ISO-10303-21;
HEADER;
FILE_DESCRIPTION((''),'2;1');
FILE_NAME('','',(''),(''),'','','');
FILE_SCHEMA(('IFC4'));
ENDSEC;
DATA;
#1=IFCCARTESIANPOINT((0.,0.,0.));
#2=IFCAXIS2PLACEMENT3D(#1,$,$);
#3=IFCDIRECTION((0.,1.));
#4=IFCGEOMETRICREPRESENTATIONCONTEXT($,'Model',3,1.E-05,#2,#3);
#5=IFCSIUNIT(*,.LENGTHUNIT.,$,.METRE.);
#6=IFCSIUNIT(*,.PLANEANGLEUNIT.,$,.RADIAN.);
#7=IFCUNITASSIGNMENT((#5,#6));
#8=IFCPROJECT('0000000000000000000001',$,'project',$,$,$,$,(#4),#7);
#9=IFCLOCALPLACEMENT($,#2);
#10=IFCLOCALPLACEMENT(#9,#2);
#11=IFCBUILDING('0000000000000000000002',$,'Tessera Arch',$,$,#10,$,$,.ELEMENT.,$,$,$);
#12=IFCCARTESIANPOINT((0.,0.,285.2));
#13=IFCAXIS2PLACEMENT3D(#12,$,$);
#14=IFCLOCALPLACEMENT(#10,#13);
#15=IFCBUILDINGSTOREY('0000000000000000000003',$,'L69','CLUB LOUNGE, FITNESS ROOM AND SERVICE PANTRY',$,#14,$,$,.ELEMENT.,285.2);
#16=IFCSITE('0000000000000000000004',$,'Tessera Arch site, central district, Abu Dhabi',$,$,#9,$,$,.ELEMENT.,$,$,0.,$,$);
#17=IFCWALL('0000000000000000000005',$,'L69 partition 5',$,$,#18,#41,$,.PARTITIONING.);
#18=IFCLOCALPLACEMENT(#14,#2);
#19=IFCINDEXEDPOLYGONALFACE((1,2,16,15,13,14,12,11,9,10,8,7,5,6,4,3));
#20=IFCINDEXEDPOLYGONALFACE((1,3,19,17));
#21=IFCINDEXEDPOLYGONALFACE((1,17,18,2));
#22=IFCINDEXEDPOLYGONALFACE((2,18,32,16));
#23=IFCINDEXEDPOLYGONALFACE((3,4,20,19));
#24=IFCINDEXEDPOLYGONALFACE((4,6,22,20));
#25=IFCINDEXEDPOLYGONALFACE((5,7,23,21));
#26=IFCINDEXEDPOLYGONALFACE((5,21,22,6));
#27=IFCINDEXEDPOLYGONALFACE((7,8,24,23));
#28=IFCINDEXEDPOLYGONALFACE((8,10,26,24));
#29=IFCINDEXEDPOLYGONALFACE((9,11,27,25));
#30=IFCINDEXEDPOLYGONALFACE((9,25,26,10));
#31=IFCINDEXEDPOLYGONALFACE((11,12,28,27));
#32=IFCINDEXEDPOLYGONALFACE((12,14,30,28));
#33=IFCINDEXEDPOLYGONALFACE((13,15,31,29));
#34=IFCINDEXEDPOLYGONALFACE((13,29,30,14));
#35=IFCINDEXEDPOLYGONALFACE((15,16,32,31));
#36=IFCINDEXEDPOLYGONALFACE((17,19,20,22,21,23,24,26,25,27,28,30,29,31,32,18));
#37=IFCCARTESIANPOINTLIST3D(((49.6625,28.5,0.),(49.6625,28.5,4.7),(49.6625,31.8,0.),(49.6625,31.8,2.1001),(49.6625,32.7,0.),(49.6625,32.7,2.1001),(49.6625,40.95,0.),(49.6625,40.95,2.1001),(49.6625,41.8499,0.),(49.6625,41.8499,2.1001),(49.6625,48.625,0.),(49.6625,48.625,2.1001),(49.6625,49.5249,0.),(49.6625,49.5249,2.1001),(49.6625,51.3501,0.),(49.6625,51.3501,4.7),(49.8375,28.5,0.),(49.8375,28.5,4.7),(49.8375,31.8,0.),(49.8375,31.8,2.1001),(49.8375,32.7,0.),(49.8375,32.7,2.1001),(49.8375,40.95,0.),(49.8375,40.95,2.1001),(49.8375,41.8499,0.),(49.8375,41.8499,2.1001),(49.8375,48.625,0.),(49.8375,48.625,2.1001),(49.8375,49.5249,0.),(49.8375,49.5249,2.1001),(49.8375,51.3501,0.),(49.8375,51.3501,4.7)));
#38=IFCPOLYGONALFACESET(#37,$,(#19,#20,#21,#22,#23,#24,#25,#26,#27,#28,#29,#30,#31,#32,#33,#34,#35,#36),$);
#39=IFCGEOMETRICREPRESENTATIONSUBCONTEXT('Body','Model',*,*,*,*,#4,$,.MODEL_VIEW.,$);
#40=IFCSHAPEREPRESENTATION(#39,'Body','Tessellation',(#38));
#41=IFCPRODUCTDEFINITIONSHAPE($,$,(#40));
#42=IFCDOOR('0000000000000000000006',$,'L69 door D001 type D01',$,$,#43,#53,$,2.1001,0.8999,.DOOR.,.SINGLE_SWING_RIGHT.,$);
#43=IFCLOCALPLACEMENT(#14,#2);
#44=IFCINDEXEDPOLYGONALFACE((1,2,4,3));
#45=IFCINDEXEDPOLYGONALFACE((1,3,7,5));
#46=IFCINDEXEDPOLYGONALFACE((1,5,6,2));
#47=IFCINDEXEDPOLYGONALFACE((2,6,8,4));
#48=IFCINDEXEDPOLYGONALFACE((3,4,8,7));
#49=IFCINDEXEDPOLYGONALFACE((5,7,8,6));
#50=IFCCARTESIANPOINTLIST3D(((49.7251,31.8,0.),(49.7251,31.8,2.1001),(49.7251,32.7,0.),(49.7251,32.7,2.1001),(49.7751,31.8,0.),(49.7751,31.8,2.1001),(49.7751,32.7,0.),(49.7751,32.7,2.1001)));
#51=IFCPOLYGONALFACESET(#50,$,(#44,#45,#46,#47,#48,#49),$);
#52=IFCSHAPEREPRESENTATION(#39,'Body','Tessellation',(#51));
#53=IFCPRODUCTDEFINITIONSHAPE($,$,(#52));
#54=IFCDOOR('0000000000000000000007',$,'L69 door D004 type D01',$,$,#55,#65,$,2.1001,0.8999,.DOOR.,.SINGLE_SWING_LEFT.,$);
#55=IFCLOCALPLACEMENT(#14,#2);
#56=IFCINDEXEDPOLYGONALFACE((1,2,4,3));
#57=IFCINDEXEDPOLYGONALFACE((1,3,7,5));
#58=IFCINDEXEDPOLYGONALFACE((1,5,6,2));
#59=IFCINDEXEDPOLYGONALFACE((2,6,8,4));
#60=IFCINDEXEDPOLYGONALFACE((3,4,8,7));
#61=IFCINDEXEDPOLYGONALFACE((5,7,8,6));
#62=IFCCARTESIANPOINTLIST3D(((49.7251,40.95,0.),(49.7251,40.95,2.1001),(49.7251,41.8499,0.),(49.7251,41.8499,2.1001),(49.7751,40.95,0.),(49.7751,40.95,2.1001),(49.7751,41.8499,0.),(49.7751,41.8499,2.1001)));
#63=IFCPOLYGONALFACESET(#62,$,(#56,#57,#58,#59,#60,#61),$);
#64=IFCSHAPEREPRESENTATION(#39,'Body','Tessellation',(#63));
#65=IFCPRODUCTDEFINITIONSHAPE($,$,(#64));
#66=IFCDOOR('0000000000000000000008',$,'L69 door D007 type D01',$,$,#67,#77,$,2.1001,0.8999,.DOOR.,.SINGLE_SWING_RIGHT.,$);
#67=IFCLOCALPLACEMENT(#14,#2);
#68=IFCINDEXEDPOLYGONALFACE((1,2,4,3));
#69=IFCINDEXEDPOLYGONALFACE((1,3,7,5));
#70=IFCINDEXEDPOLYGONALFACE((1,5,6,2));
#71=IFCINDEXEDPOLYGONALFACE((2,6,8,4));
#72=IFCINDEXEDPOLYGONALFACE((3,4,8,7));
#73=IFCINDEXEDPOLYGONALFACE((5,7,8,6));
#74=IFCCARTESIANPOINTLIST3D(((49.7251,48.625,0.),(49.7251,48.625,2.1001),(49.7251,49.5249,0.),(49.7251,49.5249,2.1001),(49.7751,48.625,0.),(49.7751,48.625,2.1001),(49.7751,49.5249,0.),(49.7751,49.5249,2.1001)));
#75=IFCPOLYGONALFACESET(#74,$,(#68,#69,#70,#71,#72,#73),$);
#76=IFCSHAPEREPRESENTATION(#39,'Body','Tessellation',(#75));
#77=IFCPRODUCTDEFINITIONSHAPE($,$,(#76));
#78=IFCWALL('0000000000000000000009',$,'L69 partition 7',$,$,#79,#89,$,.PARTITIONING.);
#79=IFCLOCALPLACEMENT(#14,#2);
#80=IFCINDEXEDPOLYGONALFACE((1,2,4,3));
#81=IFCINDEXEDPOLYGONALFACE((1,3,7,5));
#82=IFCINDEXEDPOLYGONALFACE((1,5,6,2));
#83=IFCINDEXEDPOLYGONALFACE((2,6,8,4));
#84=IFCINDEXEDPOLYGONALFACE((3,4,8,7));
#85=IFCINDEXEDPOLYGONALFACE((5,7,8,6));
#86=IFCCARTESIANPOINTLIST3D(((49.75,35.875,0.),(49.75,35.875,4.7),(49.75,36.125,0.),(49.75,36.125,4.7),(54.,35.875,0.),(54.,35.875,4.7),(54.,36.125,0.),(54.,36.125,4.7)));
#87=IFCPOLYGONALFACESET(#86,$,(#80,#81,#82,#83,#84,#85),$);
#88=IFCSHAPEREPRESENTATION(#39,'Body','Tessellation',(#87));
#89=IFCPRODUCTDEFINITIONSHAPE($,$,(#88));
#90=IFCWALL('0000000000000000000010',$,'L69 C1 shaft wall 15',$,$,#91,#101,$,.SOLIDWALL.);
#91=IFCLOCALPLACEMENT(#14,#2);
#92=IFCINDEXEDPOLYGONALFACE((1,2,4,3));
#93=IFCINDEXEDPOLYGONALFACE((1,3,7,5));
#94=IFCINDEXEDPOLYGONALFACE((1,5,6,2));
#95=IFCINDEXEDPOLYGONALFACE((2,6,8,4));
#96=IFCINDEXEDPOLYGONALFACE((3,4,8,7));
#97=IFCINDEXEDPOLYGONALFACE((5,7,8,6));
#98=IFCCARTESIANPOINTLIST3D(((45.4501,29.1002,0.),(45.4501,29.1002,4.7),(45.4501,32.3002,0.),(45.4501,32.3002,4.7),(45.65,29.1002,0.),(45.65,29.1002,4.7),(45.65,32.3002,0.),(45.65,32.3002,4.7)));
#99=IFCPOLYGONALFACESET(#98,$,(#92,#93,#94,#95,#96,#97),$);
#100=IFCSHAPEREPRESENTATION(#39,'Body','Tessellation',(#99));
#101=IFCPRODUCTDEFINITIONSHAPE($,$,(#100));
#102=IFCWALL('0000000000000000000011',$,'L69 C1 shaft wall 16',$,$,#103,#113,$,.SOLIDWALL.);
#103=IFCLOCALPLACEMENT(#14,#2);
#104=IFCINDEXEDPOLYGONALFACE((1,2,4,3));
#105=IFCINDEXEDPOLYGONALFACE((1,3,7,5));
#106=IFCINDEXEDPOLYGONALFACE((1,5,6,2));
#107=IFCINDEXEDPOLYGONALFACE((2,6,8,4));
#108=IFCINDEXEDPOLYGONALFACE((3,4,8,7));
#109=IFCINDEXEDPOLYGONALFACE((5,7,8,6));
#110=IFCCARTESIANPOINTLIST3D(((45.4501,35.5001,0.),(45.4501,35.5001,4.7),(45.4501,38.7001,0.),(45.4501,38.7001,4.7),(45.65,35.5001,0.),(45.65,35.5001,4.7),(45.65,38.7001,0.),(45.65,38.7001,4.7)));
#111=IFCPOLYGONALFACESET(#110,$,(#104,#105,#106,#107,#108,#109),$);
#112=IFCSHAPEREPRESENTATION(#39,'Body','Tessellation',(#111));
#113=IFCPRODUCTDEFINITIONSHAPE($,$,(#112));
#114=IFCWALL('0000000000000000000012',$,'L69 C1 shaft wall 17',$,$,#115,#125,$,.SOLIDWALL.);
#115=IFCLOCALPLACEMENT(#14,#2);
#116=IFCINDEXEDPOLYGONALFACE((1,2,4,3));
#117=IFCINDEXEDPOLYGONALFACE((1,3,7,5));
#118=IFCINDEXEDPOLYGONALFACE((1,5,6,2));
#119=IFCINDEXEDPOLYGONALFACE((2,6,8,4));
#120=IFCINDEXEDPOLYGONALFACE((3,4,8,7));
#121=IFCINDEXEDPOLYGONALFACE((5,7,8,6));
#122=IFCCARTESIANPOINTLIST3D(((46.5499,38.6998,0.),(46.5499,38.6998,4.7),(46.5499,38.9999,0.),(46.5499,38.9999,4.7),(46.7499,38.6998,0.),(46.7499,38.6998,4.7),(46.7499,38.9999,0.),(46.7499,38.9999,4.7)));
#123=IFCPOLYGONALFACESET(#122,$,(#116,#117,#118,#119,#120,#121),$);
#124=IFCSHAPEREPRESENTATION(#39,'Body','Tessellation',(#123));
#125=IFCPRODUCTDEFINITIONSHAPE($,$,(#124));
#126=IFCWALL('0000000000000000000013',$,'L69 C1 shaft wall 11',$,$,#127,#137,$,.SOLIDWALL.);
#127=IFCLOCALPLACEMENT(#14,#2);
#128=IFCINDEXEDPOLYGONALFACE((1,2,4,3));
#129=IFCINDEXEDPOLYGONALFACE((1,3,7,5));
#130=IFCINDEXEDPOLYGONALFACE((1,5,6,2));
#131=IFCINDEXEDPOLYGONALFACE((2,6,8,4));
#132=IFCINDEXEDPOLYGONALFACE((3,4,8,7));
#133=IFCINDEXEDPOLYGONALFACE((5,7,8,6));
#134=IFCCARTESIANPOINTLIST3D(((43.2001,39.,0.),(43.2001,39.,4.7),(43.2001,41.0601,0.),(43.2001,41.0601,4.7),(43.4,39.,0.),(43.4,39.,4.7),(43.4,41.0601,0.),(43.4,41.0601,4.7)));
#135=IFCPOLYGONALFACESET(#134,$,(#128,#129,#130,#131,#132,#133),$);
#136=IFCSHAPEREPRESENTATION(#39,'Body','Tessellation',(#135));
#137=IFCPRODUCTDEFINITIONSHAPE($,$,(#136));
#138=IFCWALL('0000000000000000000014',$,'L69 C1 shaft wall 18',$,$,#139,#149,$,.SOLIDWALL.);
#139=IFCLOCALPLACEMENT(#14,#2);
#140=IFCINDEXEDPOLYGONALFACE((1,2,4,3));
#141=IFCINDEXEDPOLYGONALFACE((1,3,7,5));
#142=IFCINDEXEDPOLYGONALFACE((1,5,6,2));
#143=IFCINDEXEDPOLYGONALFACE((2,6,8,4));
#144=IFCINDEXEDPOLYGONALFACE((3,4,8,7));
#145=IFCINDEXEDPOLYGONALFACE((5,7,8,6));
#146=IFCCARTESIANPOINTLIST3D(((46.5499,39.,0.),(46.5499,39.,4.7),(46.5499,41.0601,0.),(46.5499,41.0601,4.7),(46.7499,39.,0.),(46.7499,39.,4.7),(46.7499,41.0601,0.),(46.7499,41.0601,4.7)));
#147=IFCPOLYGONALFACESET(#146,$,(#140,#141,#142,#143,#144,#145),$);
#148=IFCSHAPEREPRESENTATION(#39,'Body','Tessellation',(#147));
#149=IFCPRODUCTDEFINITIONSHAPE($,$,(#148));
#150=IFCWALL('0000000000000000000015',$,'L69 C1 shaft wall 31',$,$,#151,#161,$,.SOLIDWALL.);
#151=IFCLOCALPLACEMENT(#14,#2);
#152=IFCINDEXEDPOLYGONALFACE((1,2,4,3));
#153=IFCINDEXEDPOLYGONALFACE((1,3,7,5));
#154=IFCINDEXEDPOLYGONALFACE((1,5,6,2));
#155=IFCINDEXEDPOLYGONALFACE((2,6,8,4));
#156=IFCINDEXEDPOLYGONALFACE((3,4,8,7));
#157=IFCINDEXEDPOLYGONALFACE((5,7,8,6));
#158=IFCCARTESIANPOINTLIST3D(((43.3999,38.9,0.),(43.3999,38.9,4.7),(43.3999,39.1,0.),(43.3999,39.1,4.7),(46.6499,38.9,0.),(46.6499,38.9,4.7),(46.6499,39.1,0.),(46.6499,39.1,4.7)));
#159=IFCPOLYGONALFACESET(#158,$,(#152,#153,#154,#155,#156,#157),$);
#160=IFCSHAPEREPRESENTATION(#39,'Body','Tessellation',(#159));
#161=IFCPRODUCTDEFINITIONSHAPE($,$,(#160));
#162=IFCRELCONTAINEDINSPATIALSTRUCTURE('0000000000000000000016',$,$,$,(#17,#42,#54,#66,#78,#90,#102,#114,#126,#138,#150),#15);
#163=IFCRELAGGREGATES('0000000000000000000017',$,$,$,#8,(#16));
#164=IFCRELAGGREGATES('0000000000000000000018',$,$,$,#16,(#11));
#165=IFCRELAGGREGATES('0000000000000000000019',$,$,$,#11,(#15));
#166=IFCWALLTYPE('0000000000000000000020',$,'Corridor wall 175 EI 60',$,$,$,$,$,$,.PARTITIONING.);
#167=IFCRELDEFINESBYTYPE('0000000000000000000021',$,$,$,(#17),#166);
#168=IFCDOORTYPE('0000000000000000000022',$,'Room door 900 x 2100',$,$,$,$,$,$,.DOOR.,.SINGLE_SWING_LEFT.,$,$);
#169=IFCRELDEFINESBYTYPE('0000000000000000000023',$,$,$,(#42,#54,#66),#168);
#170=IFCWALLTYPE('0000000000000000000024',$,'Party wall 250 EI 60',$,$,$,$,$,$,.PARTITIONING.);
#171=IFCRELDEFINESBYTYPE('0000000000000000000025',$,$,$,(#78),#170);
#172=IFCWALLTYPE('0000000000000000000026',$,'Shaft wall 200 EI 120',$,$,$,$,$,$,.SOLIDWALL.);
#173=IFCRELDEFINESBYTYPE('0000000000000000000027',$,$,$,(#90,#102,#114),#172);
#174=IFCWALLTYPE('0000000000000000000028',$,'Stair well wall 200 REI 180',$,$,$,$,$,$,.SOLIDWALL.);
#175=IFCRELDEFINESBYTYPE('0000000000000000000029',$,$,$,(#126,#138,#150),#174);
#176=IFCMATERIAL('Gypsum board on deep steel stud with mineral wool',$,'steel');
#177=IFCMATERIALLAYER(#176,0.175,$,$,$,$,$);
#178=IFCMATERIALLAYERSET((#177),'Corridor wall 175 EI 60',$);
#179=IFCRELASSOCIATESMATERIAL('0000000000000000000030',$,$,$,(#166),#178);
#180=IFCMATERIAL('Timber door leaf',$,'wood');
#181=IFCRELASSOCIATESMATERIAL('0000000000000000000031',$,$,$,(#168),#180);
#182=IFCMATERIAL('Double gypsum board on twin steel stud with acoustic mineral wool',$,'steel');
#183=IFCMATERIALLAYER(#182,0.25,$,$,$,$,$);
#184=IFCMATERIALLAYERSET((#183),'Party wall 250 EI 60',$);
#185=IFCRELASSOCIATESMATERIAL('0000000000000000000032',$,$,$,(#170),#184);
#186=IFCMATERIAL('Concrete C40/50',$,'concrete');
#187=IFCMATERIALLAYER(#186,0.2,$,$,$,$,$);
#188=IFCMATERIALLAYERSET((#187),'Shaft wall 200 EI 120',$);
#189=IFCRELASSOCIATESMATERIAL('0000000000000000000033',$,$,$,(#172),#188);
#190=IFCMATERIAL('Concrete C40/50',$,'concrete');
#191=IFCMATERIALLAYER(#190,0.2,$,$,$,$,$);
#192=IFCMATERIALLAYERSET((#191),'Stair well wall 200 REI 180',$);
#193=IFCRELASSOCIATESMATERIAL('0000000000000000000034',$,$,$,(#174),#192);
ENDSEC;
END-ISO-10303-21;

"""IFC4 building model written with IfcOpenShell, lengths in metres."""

from ifc_helpers import new_model, si_unit, direction, frame, frame_2d, origin, place, context, subcontext, project, spatial, rectangle, extrude, material, layer, layer_set, type_object, element, fill, save


model = new_model("IFC4")

# Units and contexts
model_context = context("Model", 3, precision=1e-05, world=origin(), true_north=direction((0.0, 1.0)))
body_context = subcontext(model_context, "Body", "Model", "MODEL_VIEW")
ifc_project = project(units=[si_unit("LENGTHUNIT", "METRE"), si_unit("PLANEANGLEUNIT", "RADIAN")], contexts=[model_context])

# Site, building, storey
site_placement = place(None, origin())
site = spatial("IfcSite", under=ifc_project, at=site_placement, Name="Tessera Arch site, central district, Abu Dhabi", CompositionType="ELEMENT", RefElevation=0.0)
building_placement = place(site_placement, origin())
building = spatial("IfcBuilding", under=site, at=building_placement, Name="Tessera Arch", CompositionType="ELEMENT")
storey_placement = place(building_placement, frame((0.0, 0.0, 285.2)))
storey = spatial("IfcBuildingStorey", under=building, at=storey_placement, Name="L69", Description="CLUB LOUNGE, FITNESS ROOM AND SERVICE PANTRY", CompositionType="ELEMENT", Elevation=285.2)

# Shared definitions
ifc_material_1 = material(Name="Gypsum board on deep steel stud with mineral wool", Category="steel")
ifc_layer_1 = layer(ifc_material_1, 0.175)
ifc_layer_set_1 = layer_set([ifc_layer_1], Name="Corridor wall 175 EI 60")
wall_type_1 = type_object("IfcWallType", Name="Corridor wall 175 EI 60", PredefinedType="PARTITIONING", material=ifc_layer_set_1)

# Wall, openings, doors
wall_1_placement = place(storey_placement, frame((49.75, 28.5, 0.0), z_axis=(0.0, 0.0, 1.0), x_axis=(0.0, 1.0, 0.0)))
wall_1 = element("IfcWall", 1, at=wall_1_placement, inside=storey, type_object=wall_type_1, Name="L69 partition 5", PredefinedType="PARTITIONING", context=body_context, shape_type="SweptSolid", body=[
    extrude(rectangle(XDim=22.8501, YDim=0.175, at=frame_2d((11.425, 0.0))), origin(), (0.0, 0.0, 1.0), 4.7),
])
opening_1_placement = place(wall_1_placement, frame((3.3, 0.0, 0.0)))
opening_1 = element("IfcOpeningElement", 2, at=opening_1_placement, cuts=wall_1, PredefinedType="OPENING", context=body_context, shape_type="SweptSolid", body=[
    extrude(rectangle(XDim=0.8999, YDim=2.1001, at=frame_2d((0.45, 1.05))), frame((0.0, 0.0974, 0.0), z_axis=(0.0, -1.0, 0.0), x_axis=(1.0, 0.0, 0.0)), (0.0, 0.0, 1.0), 0.1951),
])
opening_2_placement = place(wall_1_placement, frame((12.45, 0.0, 0.0)))
opening_2 = element("IfcOpeningElement", 3, at=opening_2_placement, cuts=wall_1, PredefinedType="OPENING", context=body_context, shape_type="SweptSolid", body=[
    extrude(rectangle(XDim=0.8999, YDim=2.1001, at=frame_2d((0.45, 1.05))), frame((0.0, 0.0974, 0.0), z_axis=(0.0, -1.0, 0.0), x_axis=(1.0, 0.0, 0.0)), (0.0, 0.0, 1.0), 0.1951),
])
opening_3_placement = place(wall_1_placement, frame((20.125, 0.0, 0.0)))
opening_3 = element("IfcOpeningElement", 4, at=opening_3_placement, cuts=wall_1, PredefinedType="OPENING", context=body_context, shape_type="SweptSolid", body=[
    extrude(rectangle(XDim=0.8999, YDim=2.1001, at=frame_2d((0.45, 1.05))), frame((0.0, 0.0974, 0.0), z_axis=(0.0, -1.0, 0.0), x_axis=(1.0, 0.0, 0.0)), (0.0, 0.0, 1.0), 0.1951),
])
ifc_material_2 = material(Name="Timber door leaf", Category="wood")
door_type_1 = type_object("IfcDoorType", Name="Room door 900 x 2100", OperationType="SINGLE_SWING_LEFT", PredefinedType="DOOR", material=ifc_material_2)
door_1_placement = place(opening_1_placement, origin())
door_1 = element("IfcDoor", 5, at=door_1_placement, inside=storey, type_object=door_type_1, Name="L69 door D001 type D01", OperationType="SINGLE_SWING_RIGHT", OverallHeight=2.1001, OverallWidth=0.8999, PredefinedType="DOOR", context=body_context, shape_type="SweptSolid", body=[
    extrude(rectangle(XDim=0.8999, YDim=2.1001, at=frame_2d((0.45, 1.05))), frame((0.0, 0.0249, 0.0), z_axis=(0.0, -1.0, 0.0), x_axis=(1.0, 0.0, 0.0)), (0.0, 0.0, 1.0), 0.05),
])
fill(opening_1, door_1)
door_2_placement = place(opening_2_placement, origin())
door_2 = element("IfcDoor", 6, at=door_2_placement, inside=storey, type_object=door_type_1, Name="L69 door D004 type D01", OperationType="SINGLE_SWING_LEFT", OverallHeight=2.1001, OverallWidth=0.8999, PredefinedType="DOOR", context=body_context, shape_type="SweptSolid", body=[
    extrude(rectangle(XDim=0.8999, YDim=2.1001, at=frame_2d((0.45, 1.05))), frame((0.0, 0.0249, 0.0), z_axis=(0.0, -1.0, 0.0), x_axis=(1.0, 0.0, 0.0)), (0.0, 0.0, 1.0), 0.05),
])
fill(opening_2, door_2)
door_3_placement = place(opening_3_placement, origin())
door_3 = element("IfcDoor", 7, at=door_3_placement, inside=storey, type_object=door_type_1, Name="L69 door D007 type D01", OperationType="SINGLE_SWING_RIGHT", OverallHeight=2.1001, OverallWidth=0.8999, PredefinedType="DOOR", context=body_context, shape_type="SweptSolid", body=[
    extrude(rectangle(XDim=0.8999, YDim=2.1001, at=frame_2d((0.45, 1.05))), frame((0.0, 0.0249, 0.0), z_axis=(0.0, -1.0, 0.0), x_axis=(1.0, 0.0, 0.0)), (0.0, 0.0, 1.0), 0.05),
])
fill(opening_3, door_3)

# Walls
ifc_material_3 = material(Name="Double gypsum board on twin steel stud with acoustic mineral wool", Category="steel")
ifc_layer_2 = layer(ifc_material_3, 0.25)
ifc_layer_set_2 = layer_set([ifc_layer_2], Name="Party wall 250 EI 60")
wall_type_2 = type_object("IfcWallType", Name="Party wall 250 EI 60", PredefinedType="PARTITIONING", material=ifc_layer_set_2)
wall_2_placement = place(storey_placement, frame((49.75, 36.0, 0.0), z_axis=(0.0, 0.0, 1.0), x_axis=(1.0, 0.0, 0.0)))
element("IfcWall", 8, at=wall_2_placement, inside=storey, type_object=wall_type_2, Name="L69 partition 7", PredefinedType="PARTITIONING", context=body_context, shape_type="SweptSolid", body=[
    extrude(rectangle(XDim=4.25, YDim=0.25, at=frame_2d((2.125, 0.0))), origin(), (0.0, 0.0, 1.0), 4.7),
])
ifc_material_4 = material(Name="Concrete C40/50", Category="concrete")
ifc_layer_3 = layer(ifc_material_4, 0.2)
ifc_layer_set_3 = layer_set([ifc_layer_3], Name="Shaft wall 200 EI 120")
wall_type_3 = type_object("IfcWallType", Name="Shaft wall 200 EI 120", PredefinedType="SOLIDWALL", material=ifc_layer_set_3)
for number, where, z_axis, x_axis, name in (
    (9, (45.55, 29.1001, 0.0), (0.0, 0.0, 1.0), (0.0, 1.0, 0.0), "L69 C1 shaft wall 15"),
    (10, (45.55, 35.5, 0.0), (0.0, 0.0, 1.0), (0.0, 1.0, 0.0), "L69 C1 shaft wall 16"),
):
    element("IfcWall", number, at=place(storey_placement, frame(where, z_axis=z_axis, x_axis=x_axis)), inside=storey, type_object=wall_type_3, Name=name, PredefinedType="SOLIDWALL", context=body_context, shape_type="SweptSolid", body=[
        extrude(rectangle(XDim=3.2, YDim=0.2, at=frame_2d((1.6001, 0.0))), origin(), (0.0, 0.0, 1.0), 4.7),
    ])
wall_3_placement = place(storey_placement, frame((46.6499, 38.7, 0.0), z_axis=(0.0, 0.0, 1.0), x_axis=(0.0, 1.0, 0.0)))
element("IfcWall", 11, at=wall_3_placement, inside=storey, type_object=wall_type_3, Name="L69 C1 shaft wall 17", PredefinedType="SOLIDWALL", context=body_context, shape_type="SweptSolid", body=[
    extrude(rectangle(XDim=0.3, YDim=0.2, at=frame_2d((0.1499, 0.0))), origin(), (0.0, 0.0, 1.0), 4.7),
])
ifc_material_5 = material(Name="Concrete C40/50", Category="concrete")
ifc_layer_4 = layer(ifc_material_5, 0.2)
ifc_layer_set_4 = layer_set([ifc_layer_4], Name="Stair well wall 200 REI 180")
wall_type_4 = type_object("IfcWallType", Name="Stair well wall 200 REI 180", PredefinedType="SOLIDWALL", material=ifc_layer_set_4)
for number, where, z_axis, x_axis, name in (
    (12, (43.3, 39.0, 0.0), (0.0, 0.0, 1.0), (0.0, 1.0, 0.0), "L69 C1 shaft wall 11"),
    (13, (46.6499, 39.0, 0.0), (0.0, 0.0, 1.0), (0.0, 1.0, 0.0), "L69 C1 shaft wall 18"),
):
    element("IfcWall", number, at=place(storey_placement, frame(where, z_axis=z_axis, x_axis=x_axis)), inside=storey, type_object=wall_type_4, Name=name, PredefinedType="SOLIDWALL", context=body_context, shape_type="SweptSolid", body=[
        extrude(rectangle(XDim=2.0601, YDim=0.2, at=frame_2d((1.03, 0.0))), origin(), (0.0, 0.0, 1.0), 4.7),
    ])
wall_4_placement = place(storey_placement, frame((43.3999, 39.0, 0.0), z_axis=(0.0, 0.0, 1.0), x_axis=(1.0, 0.0, 0.0)))
element("IfcWall", 14, at=wall_4_placement, inside=storey, type_object=wall_type_4, Name="L69 C1 shaft wall 31", PredefinedType="SOLIDWALL", context=body_context, shape_type="SweptSolid", body=[
    extrude(rectangle(XDim=3.25, YDim=0.2, at=frame_2d((1.625, 0.0))), origin(), (0.0, 0.0, 1.0), 4.7),
])

save(model, "model.ifc")
